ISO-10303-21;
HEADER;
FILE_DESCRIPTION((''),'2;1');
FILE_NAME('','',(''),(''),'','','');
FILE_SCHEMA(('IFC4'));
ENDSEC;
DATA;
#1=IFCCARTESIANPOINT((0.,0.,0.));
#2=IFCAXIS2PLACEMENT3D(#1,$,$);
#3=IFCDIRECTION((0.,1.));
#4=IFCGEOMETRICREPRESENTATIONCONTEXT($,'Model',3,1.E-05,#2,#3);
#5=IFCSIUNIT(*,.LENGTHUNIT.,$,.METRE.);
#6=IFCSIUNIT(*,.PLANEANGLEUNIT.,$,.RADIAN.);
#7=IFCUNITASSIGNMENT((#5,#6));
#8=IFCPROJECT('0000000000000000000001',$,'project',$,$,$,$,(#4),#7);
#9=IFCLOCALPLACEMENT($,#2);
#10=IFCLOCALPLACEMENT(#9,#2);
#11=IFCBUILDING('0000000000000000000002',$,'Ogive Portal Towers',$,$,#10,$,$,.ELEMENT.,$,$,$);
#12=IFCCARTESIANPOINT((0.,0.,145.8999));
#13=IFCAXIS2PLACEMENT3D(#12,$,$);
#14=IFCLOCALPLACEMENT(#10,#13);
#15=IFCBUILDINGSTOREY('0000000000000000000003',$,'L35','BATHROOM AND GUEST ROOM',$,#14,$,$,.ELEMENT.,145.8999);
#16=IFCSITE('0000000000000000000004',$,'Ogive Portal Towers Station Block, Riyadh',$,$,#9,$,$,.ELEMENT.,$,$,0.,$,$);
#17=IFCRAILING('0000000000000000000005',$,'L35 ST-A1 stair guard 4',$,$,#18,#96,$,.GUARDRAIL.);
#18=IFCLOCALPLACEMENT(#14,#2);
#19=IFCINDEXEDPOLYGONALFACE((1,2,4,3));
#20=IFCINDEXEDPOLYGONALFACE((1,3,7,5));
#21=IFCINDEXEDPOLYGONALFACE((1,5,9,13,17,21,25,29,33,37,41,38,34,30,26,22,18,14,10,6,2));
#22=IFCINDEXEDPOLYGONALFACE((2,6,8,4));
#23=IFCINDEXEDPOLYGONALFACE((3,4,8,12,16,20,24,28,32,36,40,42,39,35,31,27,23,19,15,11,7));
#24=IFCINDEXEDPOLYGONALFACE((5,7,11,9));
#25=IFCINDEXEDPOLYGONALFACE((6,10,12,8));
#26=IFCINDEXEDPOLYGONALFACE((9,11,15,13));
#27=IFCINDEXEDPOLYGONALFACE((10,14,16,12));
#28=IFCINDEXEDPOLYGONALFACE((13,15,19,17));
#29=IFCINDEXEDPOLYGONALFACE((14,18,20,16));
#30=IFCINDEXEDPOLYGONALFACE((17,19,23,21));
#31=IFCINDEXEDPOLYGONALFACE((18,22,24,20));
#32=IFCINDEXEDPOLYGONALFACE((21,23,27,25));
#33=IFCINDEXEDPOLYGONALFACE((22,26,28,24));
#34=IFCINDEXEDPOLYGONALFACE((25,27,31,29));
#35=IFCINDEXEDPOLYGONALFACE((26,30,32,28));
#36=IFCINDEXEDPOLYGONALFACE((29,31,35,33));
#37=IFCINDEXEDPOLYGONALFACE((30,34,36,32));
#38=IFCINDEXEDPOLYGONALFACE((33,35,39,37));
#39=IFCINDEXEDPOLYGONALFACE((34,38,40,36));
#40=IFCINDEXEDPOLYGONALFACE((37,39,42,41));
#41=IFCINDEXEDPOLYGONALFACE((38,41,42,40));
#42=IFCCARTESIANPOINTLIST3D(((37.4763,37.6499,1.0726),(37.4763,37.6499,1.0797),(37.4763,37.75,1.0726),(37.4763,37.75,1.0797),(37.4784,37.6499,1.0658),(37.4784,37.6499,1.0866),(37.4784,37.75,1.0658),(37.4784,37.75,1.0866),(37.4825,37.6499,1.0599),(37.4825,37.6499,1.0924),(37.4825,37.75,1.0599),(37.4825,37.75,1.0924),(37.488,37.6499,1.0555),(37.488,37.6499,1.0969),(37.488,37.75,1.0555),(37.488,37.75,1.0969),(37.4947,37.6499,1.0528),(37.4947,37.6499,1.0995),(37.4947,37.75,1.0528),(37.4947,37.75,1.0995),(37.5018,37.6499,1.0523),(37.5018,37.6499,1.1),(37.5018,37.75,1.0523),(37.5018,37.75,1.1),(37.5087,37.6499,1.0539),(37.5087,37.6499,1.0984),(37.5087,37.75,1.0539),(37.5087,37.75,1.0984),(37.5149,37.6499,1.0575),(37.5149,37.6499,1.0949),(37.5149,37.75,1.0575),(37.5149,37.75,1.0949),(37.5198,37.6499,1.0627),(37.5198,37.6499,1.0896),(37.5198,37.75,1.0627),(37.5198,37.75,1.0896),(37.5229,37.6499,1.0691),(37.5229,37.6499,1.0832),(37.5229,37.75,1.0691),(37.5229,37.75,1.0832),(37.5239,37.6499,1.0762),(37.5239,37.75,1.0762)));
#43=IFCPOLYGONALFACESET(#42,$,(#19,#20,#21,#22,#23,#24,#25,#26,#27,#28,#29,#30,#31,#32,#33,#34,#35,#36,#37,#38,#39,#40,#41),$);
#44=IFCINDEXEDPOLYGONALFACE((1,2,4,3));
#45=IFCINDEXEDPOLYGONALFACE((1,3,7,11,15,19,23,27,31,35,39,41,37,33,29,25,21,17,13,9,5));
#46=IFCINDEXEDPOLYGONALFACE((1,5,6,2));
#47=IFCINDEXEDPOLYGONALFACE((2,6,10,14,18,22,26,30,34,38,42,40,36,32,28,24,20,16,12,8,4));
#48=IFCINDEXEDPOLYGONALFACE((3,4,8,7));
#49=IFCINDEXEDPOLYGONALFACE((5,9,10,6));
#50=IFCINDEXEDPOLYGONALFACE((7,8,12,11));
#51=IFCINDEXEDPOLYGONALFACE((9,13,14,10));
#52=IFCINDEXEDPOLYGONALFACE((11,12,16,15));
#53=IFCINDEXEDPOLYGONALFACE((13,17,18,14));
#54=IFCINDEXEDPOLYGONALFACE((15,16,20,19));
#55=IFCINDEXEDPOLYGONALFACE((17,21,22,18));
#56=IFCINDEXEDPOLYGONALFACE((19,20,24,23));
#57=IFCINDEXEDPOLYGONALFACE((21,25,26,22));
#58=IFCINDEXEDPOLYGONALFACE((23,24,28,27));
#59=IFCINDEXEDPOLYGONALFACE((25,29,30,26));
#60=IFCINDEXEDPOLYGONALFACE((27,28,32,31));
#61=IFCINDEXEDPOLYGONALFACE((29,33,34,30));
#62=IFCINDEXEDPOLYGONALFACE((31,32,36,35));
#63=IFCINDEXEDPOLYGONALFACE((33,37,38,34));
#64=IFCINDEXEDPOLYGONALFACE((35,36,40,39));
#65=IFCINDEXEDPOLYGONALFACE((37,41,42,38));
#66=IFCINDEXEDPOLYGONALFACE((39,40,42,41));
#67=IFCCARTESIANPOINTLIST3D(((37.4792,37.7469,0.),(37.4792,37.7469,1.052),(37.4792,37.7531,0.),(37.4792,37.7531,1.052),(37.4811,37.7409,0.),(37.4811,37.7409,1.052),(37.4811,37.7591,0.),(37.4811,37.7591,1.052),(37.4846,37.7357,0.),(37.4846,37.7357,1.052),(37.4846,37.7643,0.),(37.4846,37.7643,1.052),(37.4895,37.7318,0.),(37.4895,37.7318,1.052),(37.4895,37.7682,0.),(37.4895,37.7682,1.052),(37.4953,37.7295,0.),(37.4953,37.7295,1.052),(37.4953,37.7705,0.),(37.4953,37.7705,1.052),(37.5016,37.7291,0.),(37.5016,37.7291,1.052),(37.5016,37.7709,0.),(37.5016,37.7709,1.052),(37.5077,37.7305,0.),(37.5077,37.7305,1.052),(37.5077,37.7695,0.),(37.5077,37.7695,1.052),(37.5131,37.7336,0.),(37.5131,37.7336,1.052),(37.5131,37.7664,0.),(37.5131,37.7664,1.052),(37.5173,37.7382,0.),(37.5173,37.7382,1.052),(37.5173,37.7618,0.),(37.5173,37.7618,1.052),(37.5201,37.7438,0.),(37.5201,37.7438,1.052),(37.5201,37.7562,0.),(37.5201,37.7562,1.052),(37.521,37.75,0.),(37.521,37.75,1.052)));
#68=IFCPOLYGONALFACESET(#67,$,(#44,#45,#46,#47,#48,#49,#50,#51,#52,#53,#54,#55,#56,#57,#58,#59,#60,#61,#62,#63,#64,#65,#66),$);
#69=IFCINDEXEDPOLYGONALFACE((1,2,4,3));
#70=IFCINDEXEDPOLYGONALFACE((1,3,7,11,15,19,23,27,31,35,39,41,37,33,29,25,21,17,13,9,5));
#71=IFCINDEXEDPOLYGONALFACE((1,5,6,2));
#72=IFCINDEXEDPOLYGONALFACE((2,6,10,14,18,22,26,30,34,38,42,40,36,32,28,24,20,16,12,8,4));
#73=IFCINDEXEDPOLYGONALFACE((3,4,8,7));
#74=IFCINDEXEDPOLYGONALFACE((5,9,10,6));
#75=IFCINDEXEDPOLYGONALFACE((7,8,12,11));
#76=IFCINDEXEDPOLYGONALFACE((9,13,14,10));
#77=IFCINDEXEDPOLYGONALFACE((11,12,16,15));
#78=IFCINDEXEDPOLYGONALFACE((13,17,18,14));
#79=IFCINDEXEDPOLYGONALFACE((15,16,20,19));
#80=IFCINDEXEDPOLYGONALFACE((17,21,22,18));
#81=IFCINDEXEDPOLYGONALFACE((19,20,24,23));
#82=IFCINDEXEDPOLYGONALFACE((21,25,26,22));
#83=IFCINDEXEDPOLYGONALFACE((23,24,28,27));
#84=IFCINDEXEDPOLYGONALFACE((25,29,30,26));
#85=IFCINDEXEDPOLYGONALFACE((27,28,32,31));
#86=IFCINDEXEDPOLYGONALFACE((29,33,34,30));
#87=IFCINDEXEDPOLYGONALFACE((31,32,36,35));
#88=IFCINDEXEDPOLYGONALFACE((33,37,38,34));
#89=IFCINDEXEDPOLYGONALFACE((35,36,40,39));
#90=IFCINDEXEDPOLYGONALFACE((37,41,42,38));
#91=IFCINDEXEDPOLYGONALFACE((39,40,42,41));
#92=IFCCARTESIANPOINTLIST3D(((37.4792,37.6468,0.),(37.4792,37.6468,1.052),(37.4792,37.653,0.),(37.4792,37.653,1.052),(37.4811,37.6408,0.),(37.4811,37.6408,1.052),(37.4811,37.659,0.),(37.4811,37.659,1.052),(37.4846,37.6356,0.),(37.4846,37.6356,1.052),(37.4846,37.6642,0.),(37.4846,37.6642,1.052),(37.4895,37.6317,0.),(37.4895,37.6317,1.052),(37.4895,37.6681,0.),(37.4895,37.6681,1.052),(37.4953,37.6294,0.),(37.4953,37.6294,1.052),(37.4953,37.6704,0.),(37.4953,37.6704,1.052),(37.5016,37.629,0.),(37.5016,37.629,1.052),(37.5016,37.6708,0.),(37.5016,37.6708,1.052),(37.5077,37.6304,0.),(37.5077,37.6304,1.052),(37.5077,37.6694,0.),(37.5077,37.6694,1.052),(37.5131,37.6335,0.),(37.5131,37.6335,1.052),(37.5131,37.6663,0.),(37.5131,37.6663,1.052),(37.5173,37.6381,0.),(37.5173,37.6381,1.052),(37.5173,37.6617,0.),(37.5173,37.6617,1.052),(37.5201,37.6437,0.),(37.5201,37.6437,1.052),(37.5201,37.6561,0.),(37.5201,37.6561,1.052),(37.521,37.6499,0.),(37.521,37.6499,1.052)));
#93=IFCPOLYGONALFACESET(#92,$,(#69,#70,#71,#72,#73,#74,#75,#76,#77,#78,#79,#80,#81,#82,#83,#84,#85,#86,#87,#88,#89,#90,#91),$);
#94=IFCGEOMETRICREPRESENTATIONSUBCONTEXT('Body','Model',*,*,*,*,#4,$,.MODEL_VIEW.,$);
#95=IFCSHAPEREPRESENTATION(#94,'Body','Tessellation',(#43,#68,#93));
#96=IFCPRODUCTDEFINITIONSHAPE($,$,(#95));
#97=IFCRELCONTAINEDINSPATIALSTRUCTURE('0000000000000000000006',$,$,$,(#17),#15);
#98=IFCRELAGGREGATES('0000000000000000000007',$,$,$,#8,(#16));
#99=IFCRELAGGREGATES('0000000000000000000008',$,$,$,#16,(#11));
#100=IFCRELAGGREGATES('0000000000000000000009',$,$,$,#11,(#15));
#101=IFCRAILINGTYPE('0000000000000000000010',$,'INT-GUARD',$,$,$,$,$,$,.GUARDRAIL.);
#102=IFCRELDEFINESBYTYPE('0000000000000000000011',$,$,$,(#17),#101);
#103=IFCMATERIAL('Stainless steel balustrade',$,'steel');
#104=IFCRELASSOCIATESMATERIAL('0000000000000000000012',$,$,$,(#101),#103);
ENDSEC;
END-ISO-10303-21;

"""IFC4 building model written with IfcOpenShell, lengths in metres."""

from ifc_helpers import new_model, si_unit, direction, frame, origin, origin_2d, place, context, subcontext, project, spatial, circle, extrude, material, type_object, element, save


model = new_model("IFC4")

# Units and contexts
model_context = context("Model", 3, precision=1e-05, world=origin(), true_north=direction((0.0, 1.0)))
body_context = subcontext(model_context, "Body", "Model", "MODEL_VIEW")
ifc_project = project(units=[si_unit("LENGTHUNIT", "METRE"), si_unit("PLANEANGLEUNIT", "RADIAN")], contexts=[model_context])

# Site, building, storey
site_placement = place(None, origin())
site = spatial("IfcSite", under=ifc_project, at=site_placement, Name="Ogive Portal Towers Station Block, Riyadh", CompositionType="ELEMENT", RefElevation=0.0)
building_placement = place(site_placement, origin())
building = spatial("IfcBuilding", under=site, at=building_placement, Name="Ogive Portal Towers", CompositionType="ELEMENT")
storey_placement = place(building_placement, frame((0.0, 0.0, 145.8999)))
storey = spatial("IfcBuildingStorey", under=building, at=storey_placement, Name="L35", Description="BATHROOM AND GUEST ROOM", CompositionType="ELEMENT", Elevation=145.8999)

# Railing
ifc_material_1 = material(Name="Stainless steel balustrade", Category="steel")
railing_type_1 = type_object("IfcRailingType", Name="INT-GUARD", PredefinedType="GUARDRAIL", material=ifc_material_1)
railing_1_placement = place(storey_placement, frame((37.5, 37.75, 0.0)))
element("IfcRailing", 1, at=railing_1_placement, inside=storey, type_object=railing_type_1, Name="L35 ST-A1 stair guard 4", PredefinedType="GUARDRAIL", context=body_context, shape_type="SweptSolid", body=[
    extrude(circle(Radius=0.0239, at=origin_2d()), frame((0.0, 0.0, 1.0762), z_axis=(0.0, -1.0, 0.0), x_axis=(1.0, 0.0, 0.0)), (0.0, 0.0, 1.0), 0.1001),
    extrude(circle(Radius=0.021, at=origin_2d()), origin(), (0.0, 0.0, 1.0), 1.052),
    extrude(circle(Radius=0.021, at=origin_2d()), frame((0.0, -0.1001, 0.0)), (0.0, 0.0, 1.0), 1.052),
])

save(model, "model.ifc")
